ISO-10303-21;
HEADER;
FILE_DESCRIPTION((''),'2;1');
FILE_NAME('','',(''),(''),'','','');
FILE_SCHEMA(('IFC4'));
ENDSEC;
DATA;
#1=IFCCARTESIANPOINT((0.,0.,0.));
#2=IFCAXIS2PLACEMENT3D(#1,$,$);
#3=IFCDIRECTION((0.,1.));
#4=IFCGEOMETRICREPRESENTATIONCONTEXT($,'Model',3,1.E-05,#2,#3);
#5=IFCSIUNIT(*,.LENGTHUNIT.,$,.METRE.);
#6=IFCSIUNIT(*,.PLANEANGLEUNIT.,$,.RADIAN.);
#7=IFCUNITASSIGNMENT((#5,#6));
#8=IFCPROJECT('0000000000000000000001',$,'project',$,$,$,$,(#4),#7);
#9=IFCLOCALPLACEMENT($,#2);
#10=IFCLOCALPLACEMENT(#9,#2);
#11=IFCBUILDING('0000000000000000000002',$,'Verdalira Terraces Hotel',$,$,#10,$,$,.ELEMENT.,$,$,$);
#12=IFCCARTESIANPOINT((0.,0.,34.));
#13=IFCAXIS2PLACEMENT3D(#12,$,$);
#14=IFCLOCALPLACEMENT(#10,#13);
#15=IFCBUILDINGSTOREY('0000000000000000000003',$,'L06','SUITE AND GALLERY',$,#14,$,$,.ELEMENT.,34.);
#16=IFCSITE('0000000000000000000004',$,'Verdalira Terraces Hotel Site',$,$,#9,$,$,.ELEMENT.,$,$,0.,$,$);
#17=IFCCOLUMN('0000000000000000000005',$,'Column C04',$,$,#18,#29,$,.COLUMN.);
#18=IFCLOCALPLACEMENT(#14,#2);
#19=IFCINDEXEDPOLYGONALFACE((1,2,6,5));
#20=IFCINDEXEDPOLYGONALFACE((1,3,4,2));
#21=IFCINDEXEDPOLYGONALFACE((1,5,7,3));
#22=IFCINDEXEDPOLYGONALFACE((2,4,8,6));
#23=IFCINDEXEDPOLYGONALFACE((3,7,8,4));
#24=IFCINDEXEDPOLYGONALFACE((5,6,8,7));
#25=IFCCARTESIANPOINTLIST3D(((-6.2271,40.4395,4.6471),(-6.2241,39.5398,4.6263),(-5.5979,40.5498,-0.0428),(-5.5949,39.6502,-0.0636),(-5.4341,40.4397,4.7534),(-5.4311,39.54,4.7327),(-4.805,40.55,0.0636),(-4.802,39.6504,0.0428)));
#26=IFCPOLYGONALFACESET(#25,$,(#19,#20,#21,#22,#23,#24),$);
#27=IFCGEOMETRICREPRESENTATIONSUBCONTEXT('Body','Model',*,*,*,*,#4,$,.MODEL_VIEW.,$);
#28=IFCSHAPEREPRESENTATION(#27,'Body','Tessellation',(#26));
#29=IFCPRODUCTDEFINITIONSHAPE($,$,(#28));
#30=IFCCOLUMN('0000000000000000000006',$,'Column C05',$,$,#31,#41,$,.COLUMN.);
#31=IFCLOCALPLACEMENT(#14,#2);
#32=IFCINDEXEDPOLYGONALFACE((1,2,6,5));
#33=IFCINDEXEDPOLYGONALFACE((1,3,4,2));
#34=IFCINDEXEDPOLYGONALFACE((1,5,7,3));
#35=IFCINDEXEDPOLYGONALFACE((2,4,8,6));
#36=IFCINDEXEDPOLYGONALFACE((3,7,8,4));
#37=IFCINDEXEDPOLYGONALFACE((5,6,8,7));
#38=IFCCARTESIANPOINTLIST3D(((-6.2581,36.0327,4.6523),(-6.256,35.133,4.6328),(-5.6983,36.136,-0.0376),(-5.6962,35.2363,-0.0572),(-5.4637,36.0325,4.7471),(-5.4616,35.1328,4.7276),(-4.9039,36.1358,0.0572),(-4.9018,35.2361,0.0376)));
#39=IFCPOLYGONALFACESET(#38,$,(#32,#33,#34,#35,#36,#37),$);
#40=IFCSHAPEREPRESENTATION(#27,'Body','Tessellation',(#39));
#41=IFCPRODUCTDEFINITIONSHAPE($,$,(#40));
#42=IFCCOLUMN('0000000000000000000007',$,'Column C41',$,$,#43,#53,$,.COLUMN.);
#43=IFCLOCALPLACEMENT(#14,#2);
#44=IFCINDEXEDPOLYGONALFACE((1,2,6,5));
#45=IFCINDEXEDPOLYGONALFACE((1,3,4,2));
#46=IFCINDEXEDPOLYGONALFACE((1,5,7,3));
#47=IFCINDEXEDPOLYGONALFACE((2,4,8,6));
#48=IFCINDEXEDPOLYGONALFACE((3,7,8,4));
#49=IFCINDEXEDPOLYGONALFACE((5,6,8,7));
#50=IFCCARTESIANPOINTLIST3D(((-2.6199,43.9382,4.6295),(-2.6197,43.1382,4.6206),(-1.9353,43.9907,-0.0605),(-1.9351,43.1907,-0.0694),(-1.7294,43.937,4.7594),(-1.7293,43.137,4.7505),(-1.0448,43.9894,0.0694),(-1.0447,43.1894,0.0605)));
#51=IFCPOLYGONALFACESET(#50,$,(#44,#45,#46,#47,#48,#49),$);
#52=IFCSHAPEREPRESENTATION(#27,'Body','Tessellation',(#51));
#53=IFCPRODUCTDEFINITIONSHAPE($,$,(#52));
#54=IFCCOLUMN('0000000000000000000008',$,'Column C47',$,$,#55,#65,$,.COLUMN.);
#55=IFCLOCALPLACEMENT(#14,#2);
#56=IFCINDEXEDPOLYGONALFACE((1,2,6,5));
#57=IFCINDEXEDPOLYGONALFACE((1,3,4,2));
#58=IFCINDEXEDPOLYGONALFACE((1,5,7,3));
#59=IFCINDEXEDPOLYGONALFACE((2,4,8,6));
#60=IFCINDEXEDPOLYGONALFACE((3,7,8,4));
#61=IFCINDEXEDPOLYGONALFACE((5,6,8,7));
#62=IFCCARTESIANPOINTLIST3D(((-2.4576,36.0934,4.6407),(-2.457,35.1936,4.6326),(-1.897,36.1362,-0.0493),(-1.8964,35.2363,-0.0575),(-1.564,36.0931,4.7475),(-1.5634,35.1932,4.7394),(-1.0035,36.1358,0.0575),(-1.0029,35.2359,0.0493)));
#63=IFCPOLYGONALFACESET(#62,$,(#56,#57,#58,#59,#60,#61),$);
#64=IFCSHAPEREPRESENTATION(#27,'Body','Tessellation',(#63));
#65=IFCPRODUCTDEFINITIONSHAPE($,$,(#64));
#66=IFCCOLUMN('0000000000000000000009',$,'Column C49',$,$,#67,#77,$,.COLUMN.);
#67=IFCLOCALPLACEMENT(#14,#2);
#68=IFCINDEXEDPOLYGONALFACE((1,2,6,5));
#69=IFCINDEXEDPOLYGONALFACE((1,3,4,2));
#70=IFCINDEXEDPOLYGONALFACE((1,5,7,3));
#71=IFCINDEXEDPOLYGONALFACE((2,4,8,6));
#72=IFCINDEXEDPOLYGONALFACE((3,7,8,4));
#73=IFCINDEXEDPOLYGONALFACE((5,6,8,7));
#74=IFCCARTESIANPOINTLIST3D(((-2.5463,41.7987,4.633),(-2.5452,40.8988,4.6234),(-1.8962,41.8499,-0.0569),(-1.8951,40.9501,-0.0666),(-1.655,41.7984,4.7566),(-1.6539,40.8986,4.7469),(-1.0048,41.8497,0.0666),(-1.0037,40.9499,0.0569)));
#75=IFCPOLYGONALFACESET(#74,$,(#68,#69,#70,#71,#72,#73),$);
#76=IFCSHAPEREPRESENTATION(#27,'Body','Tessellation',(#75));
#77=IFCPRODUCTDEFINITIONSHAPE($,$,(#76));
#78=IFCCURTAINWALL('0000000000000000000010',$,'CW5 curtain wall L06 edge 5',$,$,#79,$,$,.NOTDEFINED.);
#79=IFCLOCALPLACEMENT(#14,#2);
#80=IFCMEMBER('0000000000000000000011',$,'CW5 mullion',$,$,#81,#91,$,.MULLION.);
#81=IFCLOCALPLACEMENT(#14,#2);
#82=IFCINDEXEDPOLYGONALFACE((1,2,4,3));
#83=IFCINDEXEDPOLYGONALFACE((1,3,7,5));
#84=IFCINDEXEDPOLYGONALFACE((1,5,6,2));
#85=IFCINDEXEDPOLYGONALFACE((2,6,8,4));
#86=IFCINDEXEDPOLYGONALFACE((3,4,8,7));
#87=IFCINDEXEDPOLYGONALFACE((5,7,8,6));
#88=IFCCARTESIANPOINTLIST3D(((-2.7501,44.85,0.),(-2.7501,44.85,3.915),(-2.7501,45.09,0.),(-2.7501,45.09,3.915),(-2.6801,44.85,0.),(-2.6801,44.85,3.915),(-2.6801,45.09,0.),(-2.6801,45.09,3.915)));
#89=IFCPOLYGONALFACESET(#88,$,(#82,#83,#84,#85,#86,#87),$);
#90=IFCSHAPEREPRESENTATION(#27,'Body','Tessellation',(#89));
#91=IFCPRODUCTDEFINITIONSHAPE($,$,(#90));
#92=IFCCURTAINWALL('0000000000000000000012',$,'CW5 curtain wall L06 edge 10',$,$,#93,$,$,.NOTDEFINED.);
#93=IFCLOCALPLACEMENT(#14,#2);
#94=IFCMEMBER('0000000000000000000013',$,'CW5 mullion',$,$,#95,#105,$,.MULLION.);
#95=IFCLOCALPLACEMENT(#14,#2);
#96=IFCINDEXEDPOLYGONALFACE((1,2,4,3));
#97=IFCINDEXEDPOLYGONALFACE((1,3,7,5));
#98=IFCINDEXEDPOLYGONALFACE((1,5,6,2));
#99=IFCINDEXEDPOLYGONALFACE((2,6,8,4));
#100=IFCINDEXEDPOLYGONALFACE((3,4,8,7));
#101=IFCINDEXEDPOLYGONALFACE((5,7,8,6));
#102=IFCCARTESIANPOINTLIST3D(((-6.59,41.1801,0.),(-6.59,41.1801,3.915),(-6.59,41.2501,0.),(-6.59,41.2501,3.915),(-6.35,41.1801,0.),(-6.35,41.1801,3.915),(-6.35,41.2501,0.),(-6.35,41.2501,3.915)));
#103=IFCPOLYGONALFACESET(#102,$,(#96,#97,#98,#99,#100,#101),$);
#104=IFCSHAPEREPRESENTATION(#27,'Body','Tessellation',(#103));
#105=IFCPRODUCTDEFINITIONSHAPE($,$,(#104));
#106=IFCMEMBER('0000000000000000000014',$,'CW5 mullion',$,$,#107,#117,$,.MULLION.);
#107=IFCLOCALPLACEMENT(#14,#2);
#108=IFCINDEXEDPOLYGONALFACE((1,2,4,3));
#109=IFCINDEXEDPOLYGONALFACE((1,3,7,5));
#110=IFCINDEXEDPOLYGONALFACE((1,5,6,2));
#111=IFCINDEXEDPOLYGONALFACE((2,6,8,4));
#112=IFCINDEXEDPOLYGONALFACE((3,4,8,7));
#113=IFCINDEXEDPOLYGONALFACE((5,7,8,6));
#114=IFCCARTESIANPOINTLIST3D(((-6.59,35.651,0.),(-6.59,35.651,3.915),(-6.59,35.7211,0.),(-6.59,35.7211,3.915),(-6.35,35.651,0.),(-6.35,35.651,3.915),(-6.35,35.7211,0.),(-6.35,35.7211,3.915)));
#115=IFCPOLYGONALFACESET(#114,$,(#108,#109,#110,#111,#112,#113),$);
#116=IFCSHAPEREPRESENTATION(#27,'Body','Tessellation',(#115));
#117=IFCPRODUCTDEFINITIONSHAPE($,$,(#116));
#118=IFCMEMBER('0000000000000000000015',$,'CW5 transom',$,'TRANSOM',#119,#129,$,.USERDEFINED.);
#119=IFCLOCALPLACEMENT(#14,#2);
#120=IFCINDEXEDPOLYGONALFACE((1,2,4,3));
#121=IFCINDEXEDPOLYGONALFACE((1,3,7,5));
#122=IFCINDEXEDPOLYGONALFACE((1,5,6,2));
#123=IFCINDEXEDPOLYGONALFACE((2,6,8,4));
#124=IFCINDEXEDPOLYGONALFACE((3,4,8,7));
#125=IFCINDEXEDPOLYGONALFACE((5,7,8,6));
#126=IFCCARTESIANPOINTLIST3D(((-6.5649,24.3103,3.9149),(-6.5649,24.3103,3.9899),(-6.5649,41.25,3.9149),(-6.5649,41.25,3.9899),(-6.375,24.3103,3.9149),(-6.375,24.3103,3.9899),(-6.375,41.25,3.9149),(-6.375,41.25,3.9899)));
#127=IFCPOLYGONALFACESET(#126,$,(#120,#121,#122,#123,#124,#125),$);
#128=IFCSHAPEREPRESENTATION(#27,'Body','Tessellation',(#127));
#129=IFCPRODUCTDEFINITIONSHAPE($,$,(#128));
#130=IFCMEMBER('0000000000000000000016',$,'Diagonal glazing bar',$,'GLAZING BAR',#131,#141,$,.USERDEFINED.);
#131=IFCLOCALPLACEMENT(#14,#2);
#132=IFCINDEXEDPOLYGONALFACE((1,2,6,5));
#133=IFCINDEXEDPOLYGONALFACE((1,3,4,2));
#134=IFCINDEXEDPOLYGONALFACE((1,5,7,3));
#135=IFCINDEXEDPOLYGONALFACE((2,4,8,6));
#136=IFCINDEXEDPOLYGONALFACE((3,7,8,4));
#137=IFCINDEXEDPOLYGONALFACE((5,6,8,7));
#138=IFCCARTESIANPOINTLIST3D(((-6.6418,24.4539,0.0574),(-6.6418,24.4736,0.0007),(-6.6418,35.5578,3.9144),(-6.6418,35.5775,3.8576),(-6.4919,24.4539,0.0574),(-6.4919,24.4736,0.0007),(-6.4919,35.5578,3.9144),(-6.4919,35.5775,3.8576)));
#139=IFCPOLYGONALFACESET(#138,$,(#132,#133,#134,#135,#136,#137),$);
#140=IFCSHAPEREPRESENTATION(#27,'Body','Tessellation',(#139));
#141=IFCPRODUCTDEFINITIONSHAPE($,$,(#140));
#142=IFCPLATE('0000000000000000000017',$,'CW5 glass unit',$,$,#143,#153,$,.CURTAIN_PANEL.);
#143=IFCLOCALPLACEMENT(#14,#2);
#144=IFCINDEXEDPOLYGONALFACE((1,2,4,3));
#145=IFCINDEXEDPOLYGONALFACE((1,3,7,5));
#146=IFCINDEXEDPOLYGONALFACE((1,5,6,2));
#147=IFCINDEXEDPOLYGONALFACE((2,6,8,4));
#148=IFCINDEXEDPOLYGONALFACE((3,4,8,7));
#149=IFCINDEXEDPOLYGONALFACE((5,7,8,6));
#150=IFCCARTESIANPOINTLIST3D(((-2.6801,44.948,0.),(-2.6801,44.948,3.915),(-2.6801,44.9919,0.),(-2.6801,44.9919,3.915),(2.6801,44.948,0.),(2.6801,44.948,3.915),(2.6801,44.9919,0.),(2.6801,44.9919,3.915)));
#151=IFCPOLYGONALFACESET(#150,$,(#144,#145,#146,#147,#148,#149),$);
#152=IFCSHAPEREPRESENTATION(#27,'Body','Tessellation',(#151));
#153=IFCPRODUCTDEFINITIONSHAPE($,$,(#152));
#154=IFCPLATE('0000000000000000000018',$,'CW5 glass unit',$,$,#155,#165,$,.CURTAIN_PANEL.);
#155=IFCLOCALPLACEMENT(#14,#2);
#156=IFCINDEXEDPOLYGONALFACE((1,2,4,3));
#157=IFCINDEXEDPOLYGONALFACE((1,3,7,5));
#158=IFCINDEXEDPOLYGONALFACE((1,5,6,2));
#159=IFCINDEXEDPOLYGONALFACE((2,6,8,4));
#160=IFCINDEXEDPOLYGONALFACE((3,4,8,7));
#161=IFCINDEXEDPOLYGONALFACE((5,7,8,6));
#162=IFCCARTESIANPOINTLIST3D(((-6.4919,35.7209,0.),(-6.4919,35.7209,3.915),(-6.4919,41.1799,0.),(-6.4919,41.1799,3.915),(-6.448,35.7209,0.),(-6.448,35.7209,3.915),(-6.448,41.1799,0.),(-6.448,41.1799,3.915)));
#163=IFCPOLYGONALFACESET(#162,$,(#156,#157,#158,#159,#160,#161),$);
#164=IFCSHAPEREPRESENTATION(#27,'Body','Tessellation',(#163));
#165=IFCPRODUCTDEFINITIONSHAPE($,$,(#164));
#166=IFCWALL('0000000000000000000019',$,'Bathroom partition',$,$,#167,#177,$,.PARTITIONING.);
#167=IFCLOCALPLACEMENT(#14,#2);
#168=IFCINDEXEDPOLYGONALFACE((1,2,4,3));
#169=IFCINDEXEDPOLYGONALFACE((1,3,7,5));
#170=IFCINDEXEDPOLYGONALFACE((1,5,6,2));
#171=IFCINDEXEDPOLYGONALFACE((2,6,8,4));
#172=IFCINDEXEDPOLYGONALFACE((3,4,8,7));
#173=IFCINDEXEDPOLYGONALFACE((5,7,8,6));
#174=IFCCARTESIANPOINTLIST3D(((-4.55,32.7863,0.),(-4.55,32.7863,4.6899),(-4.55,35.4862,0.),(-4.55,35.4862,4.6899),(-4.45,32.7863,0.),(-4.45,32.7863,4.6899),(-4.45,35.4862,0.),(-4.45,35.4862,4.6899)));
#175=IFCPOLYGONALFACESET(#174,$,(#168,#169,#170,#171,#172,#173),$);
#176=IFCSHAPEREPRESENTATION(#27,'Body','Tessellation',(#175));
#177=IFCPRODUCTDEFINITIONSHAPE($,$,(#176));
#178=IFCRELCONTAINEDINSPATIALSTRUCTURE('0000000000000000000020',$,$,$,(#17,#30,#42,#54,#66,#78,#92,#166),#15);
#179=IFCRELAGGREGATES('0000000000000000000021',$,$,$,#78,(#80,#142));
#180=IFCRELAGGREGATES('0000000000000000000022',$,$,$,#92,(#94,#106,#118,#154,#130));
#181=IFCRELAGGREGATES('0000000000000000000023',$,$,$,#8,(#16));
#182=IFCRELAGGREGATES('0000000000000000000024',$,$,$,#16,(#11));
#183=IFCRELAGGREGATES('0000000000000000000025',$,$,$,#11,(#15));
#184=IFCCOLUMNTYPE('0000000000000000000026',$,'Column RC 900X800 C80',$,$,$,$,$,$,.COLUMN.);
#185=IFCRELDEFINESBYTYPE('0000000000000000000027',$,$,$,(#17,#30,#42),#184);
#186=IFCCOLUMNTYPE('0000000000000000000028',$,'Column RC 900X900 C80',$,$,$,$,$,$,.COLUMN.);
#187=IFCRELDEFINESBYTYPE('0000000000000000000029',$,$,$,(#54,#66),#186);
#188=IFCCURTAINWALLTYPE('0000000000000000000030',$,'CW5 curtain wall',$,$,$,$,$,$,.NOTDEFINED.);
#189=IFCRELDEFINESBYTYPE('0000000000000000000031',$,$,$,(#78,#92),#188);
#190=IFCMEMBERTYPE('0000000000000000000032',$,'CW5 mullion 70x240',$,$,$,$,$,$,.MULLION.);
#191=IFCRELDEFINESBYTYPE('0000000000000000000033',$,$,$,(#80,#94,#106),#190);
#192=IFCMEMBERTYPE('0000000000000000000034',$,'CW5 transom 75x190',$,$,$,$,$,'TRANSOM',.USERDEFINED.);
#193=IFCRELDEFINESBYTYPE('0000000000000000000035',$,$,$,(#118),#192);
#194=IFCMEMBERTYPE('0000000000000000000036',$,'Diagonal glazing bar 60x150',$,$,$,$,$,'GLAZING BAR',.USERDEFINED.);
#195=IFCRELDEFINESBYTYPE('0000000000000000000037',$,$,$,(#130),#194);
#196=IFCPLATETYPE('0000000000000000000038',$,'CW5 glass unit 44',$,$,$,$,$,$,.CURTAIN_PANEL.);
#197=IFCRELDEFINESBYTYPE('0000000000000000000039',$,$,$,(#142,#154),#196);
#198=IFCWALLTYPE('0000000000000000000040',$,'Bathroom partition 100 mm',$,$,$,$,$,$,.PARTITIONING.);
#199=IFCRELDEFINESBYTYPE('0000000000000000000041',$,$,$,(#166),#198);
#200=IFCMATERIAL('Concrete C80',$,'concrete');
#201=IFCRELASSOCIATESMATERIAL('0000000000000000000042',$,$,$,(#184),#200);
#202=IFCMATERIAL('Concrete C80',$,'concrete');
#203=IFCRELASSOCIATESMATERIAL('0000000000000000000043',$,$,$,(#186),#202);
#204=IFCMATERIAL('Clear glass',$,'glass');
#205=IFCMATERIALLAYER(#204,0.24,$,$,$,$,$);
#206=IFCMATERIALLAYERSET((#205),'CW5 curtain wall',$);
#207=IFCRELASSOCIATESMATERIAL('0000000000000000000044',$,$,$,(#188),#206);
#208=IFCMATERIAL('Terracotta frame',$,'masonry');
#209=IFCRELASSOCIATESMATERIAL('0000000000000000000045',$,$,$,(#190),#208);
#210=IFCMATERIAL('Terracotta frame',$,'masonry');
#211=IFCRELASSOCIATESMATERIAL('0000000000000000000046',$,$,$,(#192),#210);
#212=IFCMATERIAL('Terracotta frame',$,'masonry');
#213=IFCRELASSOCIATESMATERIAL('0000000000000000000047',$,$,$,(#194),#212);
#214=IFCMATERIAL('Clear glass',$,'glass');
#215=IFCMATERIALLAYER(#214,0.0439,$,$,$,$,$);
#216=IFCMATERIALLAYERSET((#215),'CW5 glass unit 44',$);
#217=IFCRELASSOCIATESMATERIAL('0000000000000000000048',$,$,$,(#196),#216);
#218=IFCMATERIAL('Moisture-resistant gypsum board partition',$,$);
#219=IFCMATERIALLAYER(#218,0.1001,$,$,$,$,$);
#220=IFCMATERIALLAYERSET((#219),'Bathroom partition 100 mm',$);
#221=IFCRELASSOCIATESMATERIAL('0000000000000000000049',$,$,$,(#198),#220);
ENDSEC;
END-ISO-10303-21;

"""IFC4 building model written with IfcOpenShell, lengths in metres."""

from ifc_helpers import new_model, si_unit, direction, frame, frame_2d, origin, origin_2d, place, context, subcontext, project, spatial, rectangle, extrude, material, layer, layer_set, material_profile, profile_set, type_object, element, aggregate, save


model = new_model("IFC4")

# Units and contexts
model_context = context("Model", 3, precision=1e-05, world=origin(), true_north=direction((0.0, 1.0)))
body_context = subcontext(model_context, "Body", "Model", "MODEL_VIEW")
ifc_project = project(units=[si_unit("LENGTHUNIT", "METRE"), si_unit("PLANEANGLEUNIT", "RADIAN")], contexts=[model_context])

# Site, building, storey
site_placement = place(None, origin())
site = spatial("IfcSite", under=ifc_project, at=site_placement, Name="Verdalira Terraces Hotel Site", CompositionType="ELEMENT", RefElevation=0.0)
building_placement = place(site_placement, origin())
building = spatial("IfcBuilding", under=site, at=building_placement, Name="Verdalira Terraces Hotel", CompositionType="ELEMENT")
storey_placement = place(building_placement, frame((0.0, 0.0, 34.0)))
storey = spatial("IfcBuildingStorey", under=building, at=storey_placement, Name="L06", Description="SUITE AND GALLERY", CompositionType="ELEMENT", Elevation=34.0)

# Columns
ifc_material_1 = material(Name="Concrete C80", Category="concrete")
ifc_material_profile_1 = material_profile(ifc_material_1, rectangle(XDim=0.8999, YDim=0.8, at=origin_2d()), Name="RC 900X800")
ifc_profile_set_1 = profile_set([ifc_material_profile_1], Name="Concrete C80")
column_type_1 = type_object("IfcColumnType", Name="Column RC 900X800 C80", PredefinedType="COLUMN", material=ifc_profile_set_1)
column_1_placement = place(storey_placement, frame((-5.2, 40.1001, 0.0), z_axis=(-0.132922, -0.023314, 0.990852), x_axis=(0.003324, -0.999728, -0.023077)))
element("IfcColumn", 1, at=column_1_placement, inside=storey, type_object=column_type_1, Name="Column C04", PredefinedType="COLUMN", context=body_context, shape_type="SweptSolid", body=[
    extrude(rectangle(XDim=0.8999, YDim=0.8, at=origin_2d()), origin(), (0.0, 0.0, 1.0), 4.7332),
])
column_2_placement = place(storey_placement, frame((-5.3, 35.686, 0.0), z_axis=(-0.118495, -0.021859, 0.992714), x_axis=(0.002295, -0.999761, -0.021741)))
element("IfcColumn", 2, at=column_2_placement, inside=storey, type_object=column_type_1, Name="Column C05", PredefinedType="COLUMN", context=body_context, shape_type="SweptSolid", body=[
    extrude(rectangle(XDim=0.8999, YDim=0.8, at=origin_2d()), origin(), (0.0, 0.0, 1.0), 4.7244),
])
column_3_placement = place(storey_placement, frame((-1.49, 43.5901, 0.0), z_axis=(-0.144426, -0.011074, 0.989454), x_axis=(-0.989516, 0.001428, -0.144419)))
element("IfcColumn", 3, at=column_3_placement, inside=storey, type_object=column_type_1, Name="Column C41", PredefinedType="COLUMN", context=body_context, shape_type="SweptSolid", body=[
    extrude(rectangle(XDim=0.8999, YDim=0.8, at=origin_2d()), origin(), (0.0, 0.0, 1.0), 4.74),
])
ifc_material_2 = material(Name="Concrete C80", Category="concrete")
ifc_material_profile_2 = material_profile(ifc_material_2, rectangle(XDim=0.8999, YDim=0.8999, at=origin_2d()), Name="RC 900X900")
ifc_profile_set_2 = profile_set([ifc_material_profile_2], Name="Concrete C80")
column_type_2 = type_object("IfcColumnType", Name="Column RC 900X900 C80", PredefinedType="COLUMN", material=ifc_profile_set_2)
column_4_placement = place(storey_placement, frame((-1.45, 35.686, 0.0), z_axis=(-0.118672, -0.009045, 0.992892), x_axis=(-0.000653, 0.999959, 0.009031)))
element("IfcColumn", 4, at=column_4_placement, inside=storey, type_object=column_type_2, Name="Column C47", PredefinedType="COLUMN", context=body_context, shape_type="SweptSolid", body=[
    extrude(rectangle(XDim=0.8999, YDim=0.8999, at=origin_2d()), origin(), (0.0, 0.0, 1.0), 4.7236),
])
column_5_placement = place(storey_placement, frame((-1.45, 41.3999, 0.0), z_axis=(-0.137305, -0.010828, 0.99047), x_axis=(-0.001224, 0.999941, 0.010761)))
element("IfcColumn", 5, at=column_5_placement, inside=storey, type_object=column_type_2, Name="Column C49", PredefinedType="COLUMN", context=body_context, shape_type="SweptSolid", body=[
    extrude(rectangle(XDim=0.8999, YDim=0.8999, at=origin_2d()), origin(), (0.0, 0.0, 1.0), 4.7351),
])

# Curtain wall, member
ifc_material_3 = material(Name="Clear glass", Category="glass")
ifc_layer_1 = layer(ifc_material_3, 0.24)
ifc_layer_set_1 = layer_set([ifc_layer_1], Name="CW5 curtain wall")
curtain_wall_type = type_object("IfcCurtainWallType", Name="CW5 curtain wall", PredefinedType="NOTDEFINED", material=ifc_layer_set_1)
curtain_wall_1_placement = place(storey_placement, origin())
curtain_wall_1 = element("IfcCurtainWall", 6, at=curtain_wall_1_placement, inside=storey, type_object=curtain_wall_type, Name="CW5 curtain wall L06 edge 5", PredefinedType="NOTDEFINED")
ifc_material_4 = material(Name="Terracotta frame", Category="masonry")
ifc_material_profile_3 = material_profile(ifc_material_4, rectangle(XDim=0.0701, YDim=0.24, at=origin_2d()), Name="MU 70x240")
ifc_profile_set_3 = profile_set([ifc_material_profile_3], Name="Terracotta frame")
member_type_1 = type_object("IfcMemberType", Name="CW5 mullion 70x240", PredefinedType="MULLION", material=ifc_profile_set_3)
member_1_placement = place(storey_placement, frame((-2.7151, 44.97, 0.0), z_axis=(0.0, 0.0, 1.0), x_axis=(-1.0, 0.0, 0.0)))
member_1 = element("IfcMember", 7, at=member_1_placement, type_object=member_type_1, Name="CW5 mullion", PredefinedType="MULLION", context=body_context, shape_type="SweptSolid", body=[
    extrude(rectangle(XDim=0.0701, YDim=0.24, at=origin_2d()), origin(), (0.0, 0.0, 1.0), 3.915),
])

# Curtain wall, members
curtain_wall_2_placement = place(storey_placement, origin())
curtain_wall_2 = element("IfcCurtainWall", 8, at=curtain_wall_2_placement, inside=storey, type_object=curtain_wall_type, Name="CW5 curtain wall L06 edge 10", PredefinedType="NOTDEFINED")
member_2_placement = place(storey_placement, frame((-6.47, 41.2151, 0.0), z_axis=(0.0, 0.0, 1.0), x_axis=(0.0, -1.0, 0.0)))
member_2 = element("IfcMember", 9, at=member_2_placement, type_object=member_type_1, Name="CW5 mullion", PredefinedType="MULLION", context=body_context, shape_type="SweptSolid", body=[
    extrude(rectangle(XDim=0.0701, YDim=0.24, at=origin_2d()), origin(), (0.0, 0.0, 1.0), 3.915),
])
member_3_placement = place(storey_placement, frame((-6.47, 35.686, 0.0), z_axis=(0.0, 0.0, 1.0), x_axis=(0.0, -1.0, 0.0)))
member_3 = element("IfcMember", 10, at=member_3_placement, type_object=member_type_1, Name="CW5 mullion", PredefinedType="MULLION", context=body_context, shape_type="SweptSolid", body=[
    extrude(rectangle(XDim=0.0701, YDim=0.24, at=origin_2d()), origin(), (0.0, 0.0, 1.0), 3.915),
])
ifc_material_5 = material(Name="Terracotta frame", Category="masonry")
ifc_material_profile_4 = material_profile(ifc_material_5, rectangle(XDim=0.1899, YDim=0.075, at=origin_2d()), Name="TR 75x190")
ifc_profile_set_4 = profile_set([ifc_material_profile_4], Name="Terracotta frame")
member_type_2 = type_object("IfcMemberType", Name="CW5 transom 75x190", ElementType="TRANSOM", PredefinedType="USERDEFINED", material=ifc_profile_set_4)
member_4_placement = place(storey_placement, frame((-6.47, 41.25, 3.9524), z_axis=(0.0, -1.0, 0.0), x_axis=(1.0, 0.0, 0.0)))
member_4 = element("IfcMember", 11, at=member_4_placement, type_object=member_type_2, Name="CW5 transom", ObjectType="TRANSOM", PredefinedType="USERDEFINED", context=body_context, shape_type="SweptSolid", body=[
    extrude(rectangle(XDim=0.1899, YDim=0.075, at=origin_2d()), origin(), (0.0, 0.0, 1.0), 16.9397),
])
ifc_material_6 = material(Name="Terracotta frame", Category="masonry")
ifc_material_profile_5 = material_profile(ifc_material_6, rectangle(XDim=0.1499, YDim=0.0601, at=origin_2d()), Name="GB 60x150")
ifc_profile_set_5 = profile_set([ifc_material_profile_5], Name="Terracotta frame")
member_type_3 = type_object("IfcMemberType", Name="Diagonal glazing bar 60x150", ElementType="GLAZING BAR", PredefinedType="USERDEFINED", material=ifc_profile_set_5)
member_5_placement = place(storey_placement, frame((-6.5669, 35.5676, 3.886), z_axis=(0.0, -0.944635, -0.328123), x_axis=(1.0, 0.0, 0.0)))
member_5 = element("IfcMember", 12, at=member_5_placement, type_object=member_type_3, Name="Diagonal glazing bar", ObjectType="GLAZING BAR", PredefinedType="USERDEFINED", context=body_context, shape_type="SweptSolid", body=[
    extrude(rectangle(XDim=0.1499, YDim=0.0601, at=origin_2d()), origin(), (0.0, 0.0, 1.0), 11.7546),
])

# Plates
ifc_material_7 = material(Name="Clear glass", Category="glass")
ifc_layer_2 = layer(ifc_material_7, 0.0439)
ifc_layer_set_2 = layer_set([ifc_layer_2], Name="CW5 glass unit 44")
plate_type = type_object("IfcPlateType", Name="CW5 glass unit 44", PredefinedType="CURTAIN_PANEL", material=ifc_layer_set_2)
plate_1_placement = place(storey_placement, frame((0.0, 44.97, 0.0), z_axis=(0.0, 0.0, 1.0), x_axis=(-1.0, 0.0, 0.0)))
plate_1 = element("IfcPlate", 13, at=plate_1_placement, type_object=plate_type, Name="CW5 glass unit", PredefinedType="CURTAIN_PANEL", context=body_context, shape_type="SweptSolid", body=[
    extrude(rectangle(XDim=5.3601, YDim=0.0439, at=origin_2d()), origin(), (0.0, 0.0, 1.0), 3.915),
])
aggregate(curtain_wall_1, [member_1, plate_1])
plate_2_placement = place(storey_placement, frame((-6.47, 38.4504, 0.0), z_axis=(0.0, 0.0, 1.0), x_axis=(0.0, -1.0, 0.0)))
plate_2 = element("IfcPlate", 14, at=plate_2_placement, type_object=plate_type, Name="CW5 glass unit", PredefinedType="CURTAIN_PANEL", context=body_context, shape_type="SweptSolid", body=[
    extrude(rectangle(XDim=5.459, YDim=0.0439, at=origin_2d()), origin(), (0.0, 0.0, 1.0), 3.915),
])
aggregate(curtain_wall_2, [member_2, member_3, member_4, plate_2, member_5])

# Wall
ifc_material_8 = material(Name="Moisture-resistant gypsum board partition")
ifc_layer_3 = layer(ifc_material_8, 0.1001)
ifc_layer_set_3 = layer_set([ifc_layer_3], Name="Bathroom partition 100 mm")
wall_type_1 = type_object("IfcWallType", Name="Bathroom partition 100 mm", PredefinedType="PARTITIONING", material=ifc_layer_set_3)
wall_1_placement = place(storey_placement, frame((-4.5, 32.7861, 0.0), z_axis=(0.0, 0.0, 1.0), x_axis=(0.0, 1.0, 0.0)))
element("IfcWall", 15, at=wall_1_placement, inside=storey, type_object=wall_type_1, Name="Bathroom partition", PredefinedType="PARTITIONING", context=body_context, shape_type="SweptSolid", body=[
    extrude(rectangle(XDim=2.7, YDim=0.1001, at=frame_2d((1.3501, 0.0))), origin(), (0.0, 0.0, 1.0), 4.6899),
])

save(model, "model.ifc")
